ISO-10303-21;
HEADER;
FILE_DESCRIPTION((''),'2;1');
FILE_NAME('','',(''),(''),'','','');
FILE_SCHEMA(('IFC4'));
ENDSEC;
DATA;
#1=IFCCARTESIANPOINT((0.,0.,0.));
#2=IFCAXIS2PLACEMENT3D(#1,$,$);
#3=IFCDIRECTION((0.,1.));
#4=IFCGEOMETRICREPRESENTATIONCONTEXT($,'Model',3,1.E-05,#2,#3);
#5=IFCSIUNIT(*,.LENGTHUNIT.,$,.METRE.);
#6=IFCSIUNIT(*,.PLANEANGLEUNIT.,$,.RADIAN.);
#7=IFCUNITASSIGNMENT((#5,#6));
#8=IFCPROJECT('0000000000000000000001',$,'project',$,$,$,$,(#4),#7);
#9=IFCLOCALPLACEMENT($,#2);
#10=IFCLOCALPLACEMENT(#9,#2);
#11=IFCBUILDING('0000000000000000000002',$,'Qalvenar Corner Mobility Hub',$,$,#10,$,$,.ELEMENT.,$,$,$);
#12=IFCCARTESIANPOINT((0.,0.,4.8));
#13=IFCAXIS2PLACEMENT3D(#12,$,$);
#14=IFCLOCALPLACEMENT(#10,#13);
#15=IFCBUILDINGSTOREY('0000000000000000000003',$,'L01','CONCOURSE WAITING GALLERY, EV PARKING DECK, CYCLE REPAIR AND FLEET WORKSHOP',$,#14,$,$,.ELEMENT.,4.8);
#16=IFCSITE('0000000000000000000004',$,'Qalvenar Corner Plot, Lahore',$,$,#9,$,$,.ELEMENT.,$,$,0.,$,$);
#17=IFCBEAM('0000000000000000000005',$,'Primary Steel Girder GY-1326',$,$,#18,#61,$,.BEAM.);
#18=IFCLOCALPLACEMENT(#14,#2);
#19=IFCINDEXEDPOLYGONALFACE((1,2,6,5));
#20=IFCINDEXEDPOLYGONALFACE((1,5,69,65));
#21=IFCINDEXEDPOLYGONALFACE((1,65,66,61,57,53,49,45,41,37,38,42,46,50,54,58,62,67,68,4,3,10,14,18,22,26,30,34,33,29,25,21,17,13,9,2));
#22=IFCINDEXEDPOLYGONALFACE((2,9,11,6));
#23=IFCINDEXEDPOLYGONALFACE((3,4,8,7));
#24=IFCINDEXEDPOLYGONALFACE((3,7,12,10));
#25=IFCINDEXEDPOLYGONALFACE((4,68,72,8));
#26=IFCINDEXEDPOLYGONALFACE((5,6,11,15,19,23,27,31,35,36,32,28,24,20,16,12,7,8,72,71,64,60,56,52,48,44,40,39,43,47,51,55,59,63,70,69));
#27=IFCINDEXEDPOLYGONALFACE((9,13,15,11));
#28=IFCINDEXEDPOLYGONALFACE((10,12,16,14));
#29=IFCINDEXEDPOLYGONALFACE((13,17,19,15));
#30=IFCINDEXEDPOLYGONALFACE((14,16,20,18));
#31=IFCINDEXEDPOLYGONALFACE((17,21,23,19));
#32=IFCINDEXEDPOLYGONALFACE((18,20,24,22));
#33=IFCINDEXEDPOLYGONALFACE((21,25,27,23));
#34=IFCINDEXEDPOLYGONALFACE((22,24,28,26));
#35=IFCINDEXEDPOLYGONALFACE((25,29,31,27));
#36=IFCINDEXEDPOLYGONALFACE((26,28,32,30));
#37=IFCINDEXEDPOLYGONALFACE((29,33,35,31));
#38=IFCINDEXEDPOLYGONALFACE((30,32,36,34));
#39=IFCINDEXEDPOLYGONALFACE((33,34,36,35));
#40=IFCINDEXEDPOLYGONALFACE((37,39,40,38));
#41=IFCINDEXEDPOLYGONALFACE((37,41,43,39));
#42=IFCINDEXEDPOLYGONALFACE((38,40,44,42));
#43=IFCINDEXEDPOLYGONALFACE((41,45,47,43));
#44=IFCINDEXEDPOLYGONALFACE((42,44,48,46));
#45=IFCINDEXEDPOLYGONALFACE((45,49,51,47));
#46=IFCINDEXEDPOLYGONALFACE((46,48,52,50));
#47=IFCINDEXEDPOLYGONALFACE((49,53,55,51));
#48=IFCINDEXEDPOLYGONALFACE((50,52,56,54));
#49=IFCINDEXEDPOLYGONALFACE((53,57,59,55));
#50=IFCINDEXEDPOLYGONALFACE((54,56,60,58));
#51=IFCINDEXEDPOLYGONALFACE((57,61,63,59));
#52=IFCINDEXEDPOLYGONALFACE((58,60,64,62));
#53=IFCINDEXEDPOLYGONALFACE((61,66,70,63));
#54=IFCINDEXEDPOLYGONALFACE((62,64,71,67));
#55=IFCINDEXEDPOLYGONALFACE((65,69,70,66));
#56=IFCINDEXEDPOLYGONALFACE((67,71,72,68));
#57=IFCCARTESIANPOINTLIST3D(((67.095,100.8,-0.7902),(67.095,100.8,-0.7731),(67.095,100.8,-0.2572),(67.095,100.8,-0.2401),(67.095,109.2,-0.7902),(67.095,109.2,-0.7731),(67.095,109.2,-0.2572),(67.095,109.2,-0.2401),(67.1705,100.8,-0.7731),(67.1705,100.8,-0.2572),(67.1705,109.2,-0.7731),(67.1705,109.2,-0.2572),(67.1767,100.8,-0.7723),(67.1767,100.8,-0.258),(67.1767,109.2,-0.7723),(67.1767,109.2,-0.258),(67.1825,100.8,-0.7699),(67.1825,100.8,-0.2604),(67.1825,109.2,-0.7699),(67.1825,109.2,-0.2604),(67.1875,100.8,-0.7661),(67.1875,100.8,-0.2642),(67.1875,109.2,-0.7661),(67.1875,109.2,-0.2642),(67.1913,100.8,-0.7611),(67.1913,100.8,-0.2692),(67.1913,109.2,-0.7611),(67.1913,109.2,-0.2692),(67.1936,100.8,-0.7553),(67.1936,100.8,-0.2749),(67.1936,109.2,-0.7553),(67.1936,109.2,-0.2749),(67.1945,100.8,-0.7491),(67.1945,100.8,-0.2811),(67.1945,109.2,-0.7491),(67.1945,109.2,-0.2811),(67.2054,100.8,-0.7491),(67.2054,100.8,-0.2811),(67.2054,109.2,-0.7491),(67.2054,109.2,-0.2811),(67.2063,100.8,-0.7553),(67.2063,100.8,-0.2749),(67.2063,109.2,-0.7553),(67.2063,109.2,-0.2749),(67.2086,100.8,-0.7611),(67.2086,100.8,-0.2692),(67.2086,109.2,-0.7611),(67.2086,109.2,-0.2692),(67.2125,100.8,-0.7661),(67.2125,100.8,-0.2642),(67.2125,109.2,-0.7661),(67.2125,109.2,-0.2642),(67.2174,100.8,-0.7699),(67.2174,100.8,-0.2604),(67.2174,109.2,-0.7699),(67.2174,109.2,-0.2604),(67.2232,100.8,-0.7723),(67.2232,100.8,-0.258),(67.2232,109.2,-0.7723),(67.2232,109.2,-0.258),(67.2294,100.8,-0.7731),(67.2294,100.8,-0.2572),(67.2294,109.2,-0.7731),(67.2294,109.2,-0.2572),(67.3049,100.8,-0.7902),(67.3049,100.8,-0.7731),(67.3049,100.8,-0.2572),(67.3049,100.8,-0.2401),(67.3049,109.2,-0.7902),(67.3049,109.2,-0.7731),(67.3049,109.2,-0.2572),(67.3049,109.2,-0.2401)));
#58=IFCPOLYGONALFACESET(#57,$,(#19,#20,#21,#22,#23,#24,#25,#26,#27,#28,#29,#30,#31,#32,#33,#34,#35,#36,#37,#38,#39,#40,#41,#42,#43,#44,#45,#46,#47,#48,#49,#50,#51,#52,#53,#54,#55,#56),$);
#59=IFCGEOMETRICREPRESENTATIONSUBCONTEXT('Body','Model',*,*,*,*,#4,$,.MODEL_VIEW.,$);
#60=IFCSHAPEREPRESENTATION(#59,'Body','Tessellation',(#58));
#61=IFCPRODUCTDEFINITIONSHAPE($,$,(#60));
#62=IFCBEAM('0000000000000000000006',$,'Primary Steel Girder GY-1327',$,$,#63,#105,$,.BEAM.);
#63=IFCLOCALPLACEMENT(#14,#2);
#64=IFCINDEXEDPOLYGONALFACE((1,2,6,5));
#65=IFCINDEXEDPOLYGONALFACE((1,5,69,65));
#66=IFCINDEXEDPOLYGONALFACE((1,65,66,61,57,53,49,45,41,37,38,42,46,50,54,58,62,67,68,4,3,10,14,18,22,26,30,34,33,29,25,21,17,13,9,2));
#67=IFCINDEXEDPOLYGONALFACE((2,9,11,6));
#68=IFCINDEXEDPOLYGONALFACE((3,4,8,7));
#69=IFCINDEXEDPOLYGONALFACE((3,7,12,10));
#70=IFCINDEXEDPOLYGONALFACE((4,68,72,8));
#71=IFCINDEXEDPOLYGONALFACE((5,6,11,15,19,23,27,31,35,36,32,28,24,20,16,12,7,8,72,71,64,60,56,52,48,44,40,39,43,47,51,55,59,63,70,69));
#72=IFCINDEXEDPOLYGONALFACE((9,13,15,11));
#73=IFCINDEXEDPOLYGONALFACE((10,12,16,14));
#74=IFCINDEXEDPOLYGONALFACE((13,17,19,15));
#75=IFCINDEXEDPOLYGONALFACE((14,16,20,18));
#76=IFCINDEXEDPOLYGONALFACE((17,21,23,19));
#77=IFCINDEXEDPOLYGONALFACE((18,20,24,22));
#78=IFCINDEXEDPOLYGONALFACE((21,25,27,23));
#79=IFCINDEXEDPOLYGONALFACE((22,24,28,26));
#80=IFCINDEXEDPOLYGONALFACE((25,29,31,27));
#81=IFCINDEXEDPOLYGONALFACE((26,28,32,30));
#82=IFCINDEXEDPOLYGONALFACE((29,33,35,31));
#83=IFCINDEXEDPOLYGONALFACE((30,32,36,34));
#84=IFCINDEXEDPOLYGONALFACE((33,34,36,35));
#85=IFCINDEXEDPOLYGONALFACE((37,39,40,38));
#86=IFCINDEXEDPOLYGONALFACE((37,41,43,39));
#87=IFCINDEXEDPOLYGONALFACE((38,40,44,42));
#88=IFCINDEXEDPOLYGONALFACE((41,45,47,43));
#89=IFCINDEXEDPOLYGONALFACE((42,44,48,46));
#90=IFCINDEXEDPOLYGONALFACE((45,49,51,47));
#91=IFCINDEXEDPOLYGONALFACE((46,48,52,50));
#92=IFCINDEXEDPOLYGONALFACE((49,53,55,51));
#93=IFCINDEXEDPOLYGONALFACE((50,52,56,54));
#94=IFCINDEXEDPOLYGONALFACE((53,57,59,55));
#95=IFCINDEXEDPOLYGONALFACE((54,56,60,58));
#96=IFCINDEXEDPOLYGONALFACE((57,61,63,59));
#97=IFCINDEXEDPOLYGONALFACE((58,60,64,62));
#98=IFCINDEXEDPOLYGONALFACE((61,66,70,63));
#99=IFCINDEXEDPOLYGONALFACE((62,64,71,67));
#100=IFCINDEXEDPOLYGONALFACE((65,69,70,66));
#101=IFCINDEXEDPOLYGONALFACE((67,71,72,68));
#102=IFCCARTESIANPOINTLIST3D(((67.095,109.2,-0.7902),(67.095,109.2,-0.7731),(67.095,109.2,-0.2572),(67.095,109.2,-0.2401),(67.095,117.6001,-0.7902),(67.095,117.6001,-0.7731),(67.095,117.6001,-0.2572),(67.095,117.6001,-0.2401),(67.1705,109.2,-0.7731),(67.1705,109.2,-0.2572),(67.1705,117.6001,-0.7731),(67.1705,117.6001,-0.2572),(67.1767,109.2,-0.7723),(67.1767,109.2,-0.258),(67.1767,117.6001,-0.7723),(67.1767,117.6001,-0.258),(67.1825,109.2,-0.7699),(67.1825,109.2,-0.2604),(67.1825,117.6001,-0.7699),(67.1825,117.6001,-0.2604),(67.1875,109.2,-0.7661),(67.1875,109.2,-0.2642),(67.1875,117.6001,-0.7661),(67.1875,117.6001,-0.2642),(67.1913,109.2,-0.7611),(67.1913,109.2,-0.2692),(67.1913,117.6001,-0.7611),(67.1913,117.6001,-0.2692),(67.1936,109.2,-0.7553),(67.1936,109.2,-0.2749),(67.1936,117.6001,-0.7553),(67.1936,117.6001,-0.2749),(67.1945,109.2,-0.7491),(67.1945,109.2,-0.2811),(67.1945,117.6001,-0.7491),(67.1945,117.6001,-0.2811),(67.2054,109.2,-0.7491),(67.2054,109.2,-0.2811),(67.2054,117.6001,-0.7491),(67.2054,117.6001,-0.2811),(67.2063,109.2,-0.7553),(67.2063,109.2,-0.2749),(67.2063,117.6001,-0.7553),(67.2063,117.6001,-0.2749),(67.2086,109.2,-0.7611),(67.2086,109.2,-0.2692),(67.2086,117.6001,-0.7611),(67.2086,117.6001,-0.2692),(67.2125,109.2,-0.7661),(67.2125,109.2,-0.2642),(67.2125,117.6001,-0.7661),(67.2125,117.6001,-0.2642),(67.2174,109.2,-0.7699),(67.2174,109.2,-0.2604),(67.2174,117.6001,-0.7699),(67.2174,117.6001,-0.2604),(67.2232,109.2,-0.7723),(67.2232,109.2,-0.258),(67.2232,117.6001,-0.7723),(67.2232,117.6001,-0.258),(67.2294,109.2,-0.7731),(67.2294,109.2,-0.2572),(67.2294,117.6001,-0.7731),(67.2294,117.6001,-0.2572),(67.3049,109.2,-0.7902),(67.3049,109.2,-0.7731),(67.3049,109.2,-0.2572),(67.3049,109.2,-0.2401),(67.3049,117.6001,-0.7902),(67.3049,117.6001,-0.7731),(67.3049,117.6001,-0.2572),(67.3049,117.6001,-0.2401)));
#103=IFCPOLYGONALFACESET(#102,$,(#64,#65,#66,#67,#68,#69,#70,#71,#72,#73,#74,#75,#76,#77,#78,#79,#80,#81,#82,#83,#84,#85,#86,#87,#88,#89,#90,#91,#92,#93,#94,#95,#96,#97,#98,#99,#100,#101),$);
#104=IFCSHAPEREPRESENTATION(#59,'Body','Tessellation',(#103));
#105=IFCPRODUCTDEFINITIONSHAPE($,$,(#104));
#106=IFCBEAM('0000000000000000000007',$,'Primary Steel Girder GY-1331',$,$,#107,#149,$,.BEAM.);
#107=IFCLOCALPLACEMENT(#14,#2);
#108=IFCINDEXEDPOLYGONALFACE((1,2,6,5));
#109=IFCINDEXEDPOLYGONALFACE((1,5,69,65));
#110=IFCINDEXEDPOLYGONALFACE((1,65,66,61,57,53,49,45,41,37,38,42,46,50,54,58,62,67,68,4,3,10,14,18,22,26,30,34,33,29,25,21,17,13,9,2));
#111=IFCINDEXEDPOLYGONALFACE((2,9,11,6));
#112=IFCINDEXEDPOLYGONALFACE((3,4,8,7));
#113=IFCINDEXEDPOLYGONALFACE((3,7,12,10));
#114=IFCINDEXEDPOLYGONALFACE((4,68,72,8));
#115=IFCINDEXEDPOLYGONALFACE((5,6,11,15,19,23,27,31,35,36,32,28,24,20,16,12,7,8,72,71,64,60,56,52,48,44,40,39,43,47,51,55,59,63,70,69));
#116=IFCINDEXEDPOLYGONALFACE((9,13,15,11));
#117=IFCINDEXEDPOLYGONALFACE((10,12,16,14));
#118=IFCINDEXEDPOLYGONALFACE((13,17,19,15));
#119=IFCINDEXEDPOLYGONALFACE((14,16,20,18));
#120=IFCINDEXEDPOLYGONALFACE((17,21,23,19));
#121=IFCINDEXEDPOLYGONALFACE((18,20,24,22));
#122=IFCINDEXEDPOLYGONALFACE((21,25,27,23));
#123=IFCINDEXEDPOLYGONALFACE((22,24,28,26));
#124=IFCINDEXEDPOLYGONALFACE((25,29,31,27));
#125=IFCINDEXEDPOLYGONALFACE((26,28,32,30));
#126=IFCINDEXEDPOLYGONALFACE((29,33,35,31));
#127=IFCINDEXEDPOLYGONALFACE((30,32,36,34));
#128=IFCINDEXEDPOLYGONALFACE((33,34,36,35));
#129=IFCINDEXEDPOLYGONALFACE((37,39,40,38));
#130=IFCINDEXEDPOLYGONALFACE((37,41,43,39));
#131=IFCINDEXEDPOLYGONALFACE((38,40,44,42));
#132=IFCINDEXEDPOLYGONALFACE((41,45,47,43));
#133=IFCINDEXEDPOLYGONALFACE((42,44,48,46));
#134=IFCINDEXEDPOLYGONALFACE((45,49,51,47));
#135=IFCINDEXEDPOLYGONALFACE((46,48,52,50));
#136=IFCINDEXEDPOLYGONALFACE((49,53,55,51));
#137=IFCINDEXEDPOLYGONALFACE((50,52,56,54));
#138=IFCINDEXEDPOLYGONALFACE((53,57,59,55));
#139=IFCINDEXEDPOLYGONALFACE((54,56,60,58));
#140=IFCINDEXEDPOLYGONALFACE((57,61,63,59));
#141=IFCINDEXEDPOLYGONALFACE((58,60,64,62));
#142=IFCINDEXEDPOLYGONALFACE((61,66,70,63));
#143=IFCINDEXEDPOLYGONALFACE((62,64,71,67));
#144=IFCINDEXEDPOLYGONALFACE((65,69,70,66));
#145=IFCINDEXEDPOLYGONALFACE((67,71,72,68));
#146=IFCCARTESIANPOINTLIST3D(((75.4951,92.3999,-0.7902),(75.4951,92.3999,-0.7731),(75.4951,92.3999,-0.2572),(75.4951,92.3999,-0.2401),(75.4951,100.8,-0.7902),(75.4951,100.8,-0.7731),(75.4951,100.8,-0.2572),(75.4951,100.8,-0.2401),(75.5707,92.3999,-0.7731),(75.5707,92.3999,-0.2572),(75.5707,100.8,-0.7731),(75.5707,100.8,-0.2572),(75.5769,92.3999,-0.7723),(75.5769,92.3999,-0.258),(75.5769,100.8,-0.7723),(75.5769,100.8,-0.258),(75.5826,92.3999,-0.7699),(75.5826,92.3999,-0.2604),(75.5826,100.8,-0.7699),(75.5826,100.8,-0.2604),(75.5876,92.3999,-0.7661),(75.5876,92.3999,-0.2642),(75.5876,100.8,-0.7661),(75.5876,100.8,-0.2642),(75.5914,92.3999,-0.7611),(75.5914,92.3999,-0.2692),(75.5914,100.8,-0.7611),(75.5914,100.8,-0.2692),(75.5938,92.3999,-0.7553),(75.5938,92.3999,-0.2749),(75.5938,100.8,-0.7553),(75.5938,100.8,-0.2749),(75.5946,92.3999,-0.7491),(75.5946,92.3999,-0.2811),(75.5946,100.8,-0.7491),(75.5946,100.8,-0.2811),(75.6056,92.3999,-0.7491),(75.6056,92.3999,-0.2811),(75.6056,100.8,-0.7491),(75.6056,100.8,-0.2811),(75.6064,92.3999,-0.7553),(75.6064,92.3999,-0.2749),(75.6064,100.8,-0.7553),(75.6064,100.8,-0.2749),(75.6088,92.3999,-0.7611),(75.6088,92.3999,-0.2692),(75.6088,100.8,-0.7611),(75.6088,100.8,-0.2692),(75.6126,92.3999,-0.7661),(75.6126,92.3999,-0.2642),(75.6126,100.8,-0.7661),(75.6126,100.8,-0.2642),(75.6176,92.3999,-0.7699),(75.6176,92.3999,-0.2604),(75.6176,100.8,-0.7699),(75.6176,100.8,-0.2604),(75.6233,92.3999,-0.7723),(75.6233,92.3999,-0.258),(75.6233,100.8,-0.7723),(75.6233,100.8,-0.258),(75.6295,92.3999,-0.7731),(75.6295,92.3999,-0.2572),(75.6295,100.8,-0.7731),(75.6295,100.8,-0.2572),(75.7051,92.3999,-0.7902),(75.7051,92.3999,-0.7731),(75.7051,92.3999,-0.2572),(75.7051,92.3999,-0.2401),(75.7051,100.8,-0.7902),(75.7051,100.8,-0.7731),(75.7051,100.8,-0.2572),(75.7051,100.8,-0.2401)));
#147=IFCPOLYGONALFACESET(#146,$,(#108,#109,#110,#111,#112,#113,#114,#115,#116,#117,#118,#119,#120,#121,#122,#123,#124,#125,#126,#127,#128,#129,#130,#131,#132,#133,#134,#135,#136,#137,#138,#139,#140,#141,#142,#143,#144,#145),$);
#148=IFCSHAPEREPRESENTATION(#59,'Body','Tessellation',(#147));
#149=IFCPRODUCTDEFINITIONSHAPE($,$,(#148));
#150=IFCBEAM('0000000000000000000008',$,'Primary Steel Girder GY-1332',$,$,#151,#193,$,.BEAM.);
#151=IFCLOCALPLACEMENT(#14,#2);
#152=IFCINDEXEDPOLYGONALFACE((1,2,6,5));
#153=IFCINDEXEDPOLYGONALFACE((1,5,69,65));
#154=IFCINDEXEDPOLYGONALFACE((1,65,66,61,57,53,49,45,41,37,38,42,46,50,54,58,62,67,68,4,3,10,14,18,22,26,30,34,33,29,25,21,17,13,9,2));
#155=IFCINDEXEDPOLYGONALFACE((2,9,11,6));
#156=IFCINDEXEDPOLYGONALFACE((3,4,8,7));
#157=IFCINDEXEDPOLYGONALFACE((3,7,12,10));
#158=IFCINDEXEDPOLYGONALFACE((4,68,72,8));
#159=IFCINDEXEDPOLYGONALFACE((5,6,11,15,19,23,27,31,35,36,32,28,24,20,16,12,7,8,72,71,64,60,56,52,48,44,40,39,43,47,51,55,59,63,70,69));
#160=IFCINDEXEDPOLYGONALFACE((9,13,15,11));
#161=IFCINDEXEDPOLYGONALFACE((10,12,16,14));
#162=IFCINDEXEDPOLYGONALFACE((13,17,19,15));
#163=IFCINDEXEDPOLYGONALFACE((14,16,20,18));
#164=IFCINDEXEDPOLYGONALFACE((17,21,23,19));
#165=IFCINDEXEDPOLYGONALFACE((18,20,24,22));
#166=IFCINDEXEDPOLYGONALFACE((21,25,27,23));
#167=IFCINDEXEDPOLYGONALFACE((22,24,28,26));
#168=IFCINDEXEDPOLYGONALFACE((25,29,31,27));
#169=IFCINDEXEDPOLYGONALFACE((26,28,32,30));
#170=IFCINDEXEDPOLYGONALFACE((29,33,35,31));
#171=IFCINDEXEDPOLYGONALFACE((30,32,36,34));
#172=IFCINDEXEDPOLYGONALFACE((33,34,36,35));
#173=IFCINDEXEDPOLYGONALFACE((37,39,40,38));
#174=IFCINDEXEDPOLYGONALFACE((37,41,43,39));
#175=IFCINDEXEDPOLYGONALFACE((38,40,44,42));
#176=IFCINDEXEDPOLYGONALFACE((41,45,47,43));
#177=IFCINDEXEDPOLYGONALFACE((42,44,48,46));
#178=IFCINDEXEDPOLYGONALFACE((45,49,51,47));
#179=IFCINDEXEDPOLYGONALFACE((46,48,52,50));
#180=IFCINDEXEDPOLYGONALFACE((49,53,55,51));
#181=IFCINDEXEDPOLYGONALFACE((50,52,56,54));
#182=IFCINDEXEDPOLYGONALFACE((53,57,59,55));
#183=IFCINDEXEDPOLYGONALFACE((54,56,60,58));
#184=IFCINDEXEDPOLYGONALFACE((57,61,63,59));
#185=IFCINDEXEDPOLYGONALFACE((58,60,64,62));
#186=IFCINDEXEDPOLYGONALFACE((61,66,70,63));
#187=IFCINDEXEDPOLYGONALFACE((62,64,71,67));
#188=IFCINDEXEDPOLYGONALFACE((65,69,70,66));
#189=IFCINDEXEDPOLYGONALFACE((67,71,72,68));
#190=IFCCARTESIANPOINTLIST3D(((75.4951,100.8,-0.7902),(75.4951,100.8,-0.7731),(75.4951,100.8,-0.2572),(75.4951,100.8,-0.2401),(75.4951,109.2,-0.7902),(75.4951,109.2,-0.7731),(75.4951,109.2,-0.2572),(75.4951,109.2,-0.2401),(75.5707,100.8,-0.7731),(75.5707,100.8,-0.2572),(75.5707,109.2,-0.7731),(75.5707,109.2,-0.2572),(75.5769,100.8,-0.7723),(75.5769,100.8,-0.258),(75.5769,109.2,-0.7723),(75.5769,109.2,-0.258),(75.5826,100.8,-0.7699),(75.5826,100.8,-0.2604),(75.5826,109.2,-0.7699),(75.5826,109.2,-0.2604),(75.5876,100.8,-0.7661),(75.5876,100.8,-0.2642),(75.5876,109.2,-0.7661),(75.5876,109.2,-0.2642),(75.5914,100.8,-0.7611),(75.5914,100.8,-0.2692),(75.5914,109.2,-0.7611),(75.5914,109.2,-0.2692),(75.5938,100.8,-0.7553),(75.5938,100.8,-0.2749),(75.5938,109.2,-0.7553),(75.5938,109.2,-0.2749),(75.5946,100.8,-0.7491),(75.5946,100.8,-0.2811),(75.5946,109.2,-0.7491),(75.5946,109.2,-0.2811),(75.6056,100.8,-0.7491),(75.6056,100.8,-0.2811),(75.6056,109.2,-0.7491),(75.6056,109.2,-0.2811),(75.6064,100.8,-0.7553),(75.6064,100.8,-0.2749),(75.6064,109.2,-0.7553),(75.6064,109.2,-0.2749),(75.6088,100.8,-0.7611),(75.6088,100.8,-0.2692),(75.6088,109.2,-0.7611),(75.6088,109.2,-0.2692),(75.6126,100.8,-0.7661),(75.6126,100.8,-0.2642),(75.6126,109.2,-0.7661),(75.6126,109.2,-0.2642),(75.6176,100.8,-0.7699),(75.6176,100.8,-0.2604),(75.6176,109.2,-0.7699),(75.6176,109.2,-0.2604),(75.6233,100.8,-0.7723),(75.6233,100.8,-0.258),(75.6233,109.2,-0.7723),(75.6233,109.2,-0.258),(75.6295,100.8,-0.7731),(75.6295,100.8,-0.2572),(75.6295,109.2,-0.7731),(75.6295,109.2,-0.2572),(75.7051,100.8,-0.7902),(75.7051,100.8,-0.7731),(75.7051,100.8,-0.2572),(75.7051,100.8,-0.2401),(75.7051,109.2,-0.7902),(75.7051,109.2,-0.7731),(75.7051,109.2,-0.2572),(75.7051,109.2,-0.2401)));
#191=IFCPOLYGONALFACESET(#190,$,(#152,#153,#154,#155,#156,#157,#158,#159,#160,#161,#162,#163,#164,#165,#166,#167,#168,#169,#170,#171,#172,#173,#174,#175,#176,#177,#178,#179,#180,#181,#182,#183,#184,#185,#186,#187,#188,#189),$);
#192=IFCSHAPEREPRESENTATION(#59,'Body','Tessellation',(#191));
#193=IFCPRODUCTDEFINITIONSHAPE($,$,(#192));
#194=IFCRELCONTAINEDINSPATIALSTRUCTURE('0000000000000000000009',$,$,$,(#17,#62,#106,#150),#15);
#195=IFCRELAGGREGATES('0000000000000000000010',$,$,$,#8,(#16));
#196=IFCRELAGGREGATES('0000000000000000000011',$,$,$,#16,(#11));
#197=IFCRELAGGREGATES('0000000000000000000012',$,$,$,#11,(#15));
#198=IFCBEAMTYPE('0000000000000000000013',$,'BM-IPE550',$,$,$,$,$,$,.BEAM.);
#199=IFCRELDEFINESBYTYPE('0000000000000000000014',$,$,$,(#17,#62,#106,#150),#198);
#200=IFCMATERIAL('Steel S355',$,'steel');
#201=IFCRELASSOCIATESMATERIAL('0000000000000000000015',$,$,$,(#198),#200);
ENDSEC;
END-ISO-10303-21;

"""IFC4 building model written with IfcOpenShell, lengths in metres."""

from ifc_helpers import new_model, si_unit, direction, frame, origin, origin_2d, place, context, subcontext, project, spatial, i_section, extrude, material, material_profile, profile_set, type_object, element, save


model = new_model("IFC4")

# Units and contexts
model_context = context("Model", 3, precision=1e-05, world=origin(), true_north=direction((0.0, 1.0)))
body_context = subcontext(model_context, "Body", "Model", "MODEL_VIEW")
ifc_project = project(units=[si_unit("LENGTHUNIT", "METRE"), si_unit("PLANEANGLEUNIT", "RADIAN")], contexts=[model_context])

# Site, building, storey
site_placement = place(None, origin())
site = spatial("IfcSite", under=ifc_project, at=site_placement, Name="Qalvenar Corner Plot, Lahore", CompositionType="ELEMENT", RefElevation=0.0)
building_placement = place(site_placement, origin())
building = spatial("IfcBuilding", under=site, at=building_placement, Name="Qalvenar Corner Mobility Hub", CompositionType="ELEMENT")
storey_placement = place(building_placement, frame((0.0, 0.0, 4.8)))
storey = spatial("IfcBuildingStorey", under=building, at=storey_placement, Name="L01", Description="CONCOURSE WAITING GALLERY, EV PARKING DECK, CYCLE REPAIR AND FLEET WORKSHOP", CompositionType="ELEMENT", Elevation=4.8)

# Shared definitions
ifc_material_1 = material(Name="Steel S355", Category="steel")

# Beams
ifc_material_profile_1 = material_profile(ifc_material_1, i_section(OverallWidth=0.21, OverallDepth=0.55, WebThickness=0.011, FlangeThickness=0.0171, FilletRadius=0.0239, at=origin_2d()), Name="IPE550")
ifc_profile_set_1 = profile_set([ifc_material_profile_1], Name="Steel S355")
beam_type_1 = type_object("IfcBeamType", Name="BM-IPE550", PredefinedType="BEAM", material=ifc_profile_set_1)
beam_1_placement = place(storey_placement, frame((67.2, 100.8, -0.5151), z_axis=(0.0, 1.0, 0.0), x_axis=(-1.0, 0.0, 0.0)))
element("IfcBeam", 1, at=beam_1_placement, inside=storey, type_object=beam_type_1, Name="Primary Steel Girder GY-1326", PredefinedType="BEAM", context=body_context, shape_type="SweptSolid", body=[
    extrude(i_section(OverallWidth=0.21, OverallDepth=0.55, WebThickness=0.011, FlangeThickness=0.0171, FilletRadius=0.0239, at=origin_2d()), origin(), (0.0, 0.0, 1.0), 8.3999),
])
for number, where, z_axis, x_axis, name in (
    (2, (67.2, 109.2, -0.5151), (0.0, 1.0, 0.0), (-1.0, 0.0, 0.0), "Primary Steel Girder GY-1327"),
    (3, (75.6001, 92.3999, -0.5151), (0.0, 1.0, 0.0), (-1.0, 0.0, 0.0), "Primary Steel Girder GY-1331"),
):
    element("IfcBeam", number, at=place(storey_placement, frame(where, z_axis=z_axis, x_axis=x_axis)), inside=storey, type_object=beam_type_1, Name=name, PredefinedType="BEAM", context=body_context, shape_type="SweptSolid", body=[
        extrude(i_section(OverallWidth=0.21, OverallDepth=0.55, WebThickness=0.011, FlangeThickness=0.0171, FilletRadius=0.0239, at=origin_2d()), origin(), (0.0, 0.0, 1.0), 8.4001),
    ])
beam_2_placement = place(storey_placement, frame((75.6001, 100.8, -0.5151), z_axis=(0.0, 1.0, 0.0), x_axis=(-1.0, 0.0, 0.0)))
element("IfcBeam", 4, at=beam_2_placement, inside=storey, type_object=beam_type_1, Name="Primary Steel Girder GY-1332", PredefinedType="BEAM", context=body_context, shape_type="SweptSolid", body=[
    extrude(i_section(OverallWidth=0.21, OverallDepth=0.55, WebThickness=0.011, FlangeThickness=0.0171, FilletRadius=0.0239, at=origin_2d()), origin(), (0.0, 0.0, 1.0), 8.3999),
])

save(model, "model.ifc")
